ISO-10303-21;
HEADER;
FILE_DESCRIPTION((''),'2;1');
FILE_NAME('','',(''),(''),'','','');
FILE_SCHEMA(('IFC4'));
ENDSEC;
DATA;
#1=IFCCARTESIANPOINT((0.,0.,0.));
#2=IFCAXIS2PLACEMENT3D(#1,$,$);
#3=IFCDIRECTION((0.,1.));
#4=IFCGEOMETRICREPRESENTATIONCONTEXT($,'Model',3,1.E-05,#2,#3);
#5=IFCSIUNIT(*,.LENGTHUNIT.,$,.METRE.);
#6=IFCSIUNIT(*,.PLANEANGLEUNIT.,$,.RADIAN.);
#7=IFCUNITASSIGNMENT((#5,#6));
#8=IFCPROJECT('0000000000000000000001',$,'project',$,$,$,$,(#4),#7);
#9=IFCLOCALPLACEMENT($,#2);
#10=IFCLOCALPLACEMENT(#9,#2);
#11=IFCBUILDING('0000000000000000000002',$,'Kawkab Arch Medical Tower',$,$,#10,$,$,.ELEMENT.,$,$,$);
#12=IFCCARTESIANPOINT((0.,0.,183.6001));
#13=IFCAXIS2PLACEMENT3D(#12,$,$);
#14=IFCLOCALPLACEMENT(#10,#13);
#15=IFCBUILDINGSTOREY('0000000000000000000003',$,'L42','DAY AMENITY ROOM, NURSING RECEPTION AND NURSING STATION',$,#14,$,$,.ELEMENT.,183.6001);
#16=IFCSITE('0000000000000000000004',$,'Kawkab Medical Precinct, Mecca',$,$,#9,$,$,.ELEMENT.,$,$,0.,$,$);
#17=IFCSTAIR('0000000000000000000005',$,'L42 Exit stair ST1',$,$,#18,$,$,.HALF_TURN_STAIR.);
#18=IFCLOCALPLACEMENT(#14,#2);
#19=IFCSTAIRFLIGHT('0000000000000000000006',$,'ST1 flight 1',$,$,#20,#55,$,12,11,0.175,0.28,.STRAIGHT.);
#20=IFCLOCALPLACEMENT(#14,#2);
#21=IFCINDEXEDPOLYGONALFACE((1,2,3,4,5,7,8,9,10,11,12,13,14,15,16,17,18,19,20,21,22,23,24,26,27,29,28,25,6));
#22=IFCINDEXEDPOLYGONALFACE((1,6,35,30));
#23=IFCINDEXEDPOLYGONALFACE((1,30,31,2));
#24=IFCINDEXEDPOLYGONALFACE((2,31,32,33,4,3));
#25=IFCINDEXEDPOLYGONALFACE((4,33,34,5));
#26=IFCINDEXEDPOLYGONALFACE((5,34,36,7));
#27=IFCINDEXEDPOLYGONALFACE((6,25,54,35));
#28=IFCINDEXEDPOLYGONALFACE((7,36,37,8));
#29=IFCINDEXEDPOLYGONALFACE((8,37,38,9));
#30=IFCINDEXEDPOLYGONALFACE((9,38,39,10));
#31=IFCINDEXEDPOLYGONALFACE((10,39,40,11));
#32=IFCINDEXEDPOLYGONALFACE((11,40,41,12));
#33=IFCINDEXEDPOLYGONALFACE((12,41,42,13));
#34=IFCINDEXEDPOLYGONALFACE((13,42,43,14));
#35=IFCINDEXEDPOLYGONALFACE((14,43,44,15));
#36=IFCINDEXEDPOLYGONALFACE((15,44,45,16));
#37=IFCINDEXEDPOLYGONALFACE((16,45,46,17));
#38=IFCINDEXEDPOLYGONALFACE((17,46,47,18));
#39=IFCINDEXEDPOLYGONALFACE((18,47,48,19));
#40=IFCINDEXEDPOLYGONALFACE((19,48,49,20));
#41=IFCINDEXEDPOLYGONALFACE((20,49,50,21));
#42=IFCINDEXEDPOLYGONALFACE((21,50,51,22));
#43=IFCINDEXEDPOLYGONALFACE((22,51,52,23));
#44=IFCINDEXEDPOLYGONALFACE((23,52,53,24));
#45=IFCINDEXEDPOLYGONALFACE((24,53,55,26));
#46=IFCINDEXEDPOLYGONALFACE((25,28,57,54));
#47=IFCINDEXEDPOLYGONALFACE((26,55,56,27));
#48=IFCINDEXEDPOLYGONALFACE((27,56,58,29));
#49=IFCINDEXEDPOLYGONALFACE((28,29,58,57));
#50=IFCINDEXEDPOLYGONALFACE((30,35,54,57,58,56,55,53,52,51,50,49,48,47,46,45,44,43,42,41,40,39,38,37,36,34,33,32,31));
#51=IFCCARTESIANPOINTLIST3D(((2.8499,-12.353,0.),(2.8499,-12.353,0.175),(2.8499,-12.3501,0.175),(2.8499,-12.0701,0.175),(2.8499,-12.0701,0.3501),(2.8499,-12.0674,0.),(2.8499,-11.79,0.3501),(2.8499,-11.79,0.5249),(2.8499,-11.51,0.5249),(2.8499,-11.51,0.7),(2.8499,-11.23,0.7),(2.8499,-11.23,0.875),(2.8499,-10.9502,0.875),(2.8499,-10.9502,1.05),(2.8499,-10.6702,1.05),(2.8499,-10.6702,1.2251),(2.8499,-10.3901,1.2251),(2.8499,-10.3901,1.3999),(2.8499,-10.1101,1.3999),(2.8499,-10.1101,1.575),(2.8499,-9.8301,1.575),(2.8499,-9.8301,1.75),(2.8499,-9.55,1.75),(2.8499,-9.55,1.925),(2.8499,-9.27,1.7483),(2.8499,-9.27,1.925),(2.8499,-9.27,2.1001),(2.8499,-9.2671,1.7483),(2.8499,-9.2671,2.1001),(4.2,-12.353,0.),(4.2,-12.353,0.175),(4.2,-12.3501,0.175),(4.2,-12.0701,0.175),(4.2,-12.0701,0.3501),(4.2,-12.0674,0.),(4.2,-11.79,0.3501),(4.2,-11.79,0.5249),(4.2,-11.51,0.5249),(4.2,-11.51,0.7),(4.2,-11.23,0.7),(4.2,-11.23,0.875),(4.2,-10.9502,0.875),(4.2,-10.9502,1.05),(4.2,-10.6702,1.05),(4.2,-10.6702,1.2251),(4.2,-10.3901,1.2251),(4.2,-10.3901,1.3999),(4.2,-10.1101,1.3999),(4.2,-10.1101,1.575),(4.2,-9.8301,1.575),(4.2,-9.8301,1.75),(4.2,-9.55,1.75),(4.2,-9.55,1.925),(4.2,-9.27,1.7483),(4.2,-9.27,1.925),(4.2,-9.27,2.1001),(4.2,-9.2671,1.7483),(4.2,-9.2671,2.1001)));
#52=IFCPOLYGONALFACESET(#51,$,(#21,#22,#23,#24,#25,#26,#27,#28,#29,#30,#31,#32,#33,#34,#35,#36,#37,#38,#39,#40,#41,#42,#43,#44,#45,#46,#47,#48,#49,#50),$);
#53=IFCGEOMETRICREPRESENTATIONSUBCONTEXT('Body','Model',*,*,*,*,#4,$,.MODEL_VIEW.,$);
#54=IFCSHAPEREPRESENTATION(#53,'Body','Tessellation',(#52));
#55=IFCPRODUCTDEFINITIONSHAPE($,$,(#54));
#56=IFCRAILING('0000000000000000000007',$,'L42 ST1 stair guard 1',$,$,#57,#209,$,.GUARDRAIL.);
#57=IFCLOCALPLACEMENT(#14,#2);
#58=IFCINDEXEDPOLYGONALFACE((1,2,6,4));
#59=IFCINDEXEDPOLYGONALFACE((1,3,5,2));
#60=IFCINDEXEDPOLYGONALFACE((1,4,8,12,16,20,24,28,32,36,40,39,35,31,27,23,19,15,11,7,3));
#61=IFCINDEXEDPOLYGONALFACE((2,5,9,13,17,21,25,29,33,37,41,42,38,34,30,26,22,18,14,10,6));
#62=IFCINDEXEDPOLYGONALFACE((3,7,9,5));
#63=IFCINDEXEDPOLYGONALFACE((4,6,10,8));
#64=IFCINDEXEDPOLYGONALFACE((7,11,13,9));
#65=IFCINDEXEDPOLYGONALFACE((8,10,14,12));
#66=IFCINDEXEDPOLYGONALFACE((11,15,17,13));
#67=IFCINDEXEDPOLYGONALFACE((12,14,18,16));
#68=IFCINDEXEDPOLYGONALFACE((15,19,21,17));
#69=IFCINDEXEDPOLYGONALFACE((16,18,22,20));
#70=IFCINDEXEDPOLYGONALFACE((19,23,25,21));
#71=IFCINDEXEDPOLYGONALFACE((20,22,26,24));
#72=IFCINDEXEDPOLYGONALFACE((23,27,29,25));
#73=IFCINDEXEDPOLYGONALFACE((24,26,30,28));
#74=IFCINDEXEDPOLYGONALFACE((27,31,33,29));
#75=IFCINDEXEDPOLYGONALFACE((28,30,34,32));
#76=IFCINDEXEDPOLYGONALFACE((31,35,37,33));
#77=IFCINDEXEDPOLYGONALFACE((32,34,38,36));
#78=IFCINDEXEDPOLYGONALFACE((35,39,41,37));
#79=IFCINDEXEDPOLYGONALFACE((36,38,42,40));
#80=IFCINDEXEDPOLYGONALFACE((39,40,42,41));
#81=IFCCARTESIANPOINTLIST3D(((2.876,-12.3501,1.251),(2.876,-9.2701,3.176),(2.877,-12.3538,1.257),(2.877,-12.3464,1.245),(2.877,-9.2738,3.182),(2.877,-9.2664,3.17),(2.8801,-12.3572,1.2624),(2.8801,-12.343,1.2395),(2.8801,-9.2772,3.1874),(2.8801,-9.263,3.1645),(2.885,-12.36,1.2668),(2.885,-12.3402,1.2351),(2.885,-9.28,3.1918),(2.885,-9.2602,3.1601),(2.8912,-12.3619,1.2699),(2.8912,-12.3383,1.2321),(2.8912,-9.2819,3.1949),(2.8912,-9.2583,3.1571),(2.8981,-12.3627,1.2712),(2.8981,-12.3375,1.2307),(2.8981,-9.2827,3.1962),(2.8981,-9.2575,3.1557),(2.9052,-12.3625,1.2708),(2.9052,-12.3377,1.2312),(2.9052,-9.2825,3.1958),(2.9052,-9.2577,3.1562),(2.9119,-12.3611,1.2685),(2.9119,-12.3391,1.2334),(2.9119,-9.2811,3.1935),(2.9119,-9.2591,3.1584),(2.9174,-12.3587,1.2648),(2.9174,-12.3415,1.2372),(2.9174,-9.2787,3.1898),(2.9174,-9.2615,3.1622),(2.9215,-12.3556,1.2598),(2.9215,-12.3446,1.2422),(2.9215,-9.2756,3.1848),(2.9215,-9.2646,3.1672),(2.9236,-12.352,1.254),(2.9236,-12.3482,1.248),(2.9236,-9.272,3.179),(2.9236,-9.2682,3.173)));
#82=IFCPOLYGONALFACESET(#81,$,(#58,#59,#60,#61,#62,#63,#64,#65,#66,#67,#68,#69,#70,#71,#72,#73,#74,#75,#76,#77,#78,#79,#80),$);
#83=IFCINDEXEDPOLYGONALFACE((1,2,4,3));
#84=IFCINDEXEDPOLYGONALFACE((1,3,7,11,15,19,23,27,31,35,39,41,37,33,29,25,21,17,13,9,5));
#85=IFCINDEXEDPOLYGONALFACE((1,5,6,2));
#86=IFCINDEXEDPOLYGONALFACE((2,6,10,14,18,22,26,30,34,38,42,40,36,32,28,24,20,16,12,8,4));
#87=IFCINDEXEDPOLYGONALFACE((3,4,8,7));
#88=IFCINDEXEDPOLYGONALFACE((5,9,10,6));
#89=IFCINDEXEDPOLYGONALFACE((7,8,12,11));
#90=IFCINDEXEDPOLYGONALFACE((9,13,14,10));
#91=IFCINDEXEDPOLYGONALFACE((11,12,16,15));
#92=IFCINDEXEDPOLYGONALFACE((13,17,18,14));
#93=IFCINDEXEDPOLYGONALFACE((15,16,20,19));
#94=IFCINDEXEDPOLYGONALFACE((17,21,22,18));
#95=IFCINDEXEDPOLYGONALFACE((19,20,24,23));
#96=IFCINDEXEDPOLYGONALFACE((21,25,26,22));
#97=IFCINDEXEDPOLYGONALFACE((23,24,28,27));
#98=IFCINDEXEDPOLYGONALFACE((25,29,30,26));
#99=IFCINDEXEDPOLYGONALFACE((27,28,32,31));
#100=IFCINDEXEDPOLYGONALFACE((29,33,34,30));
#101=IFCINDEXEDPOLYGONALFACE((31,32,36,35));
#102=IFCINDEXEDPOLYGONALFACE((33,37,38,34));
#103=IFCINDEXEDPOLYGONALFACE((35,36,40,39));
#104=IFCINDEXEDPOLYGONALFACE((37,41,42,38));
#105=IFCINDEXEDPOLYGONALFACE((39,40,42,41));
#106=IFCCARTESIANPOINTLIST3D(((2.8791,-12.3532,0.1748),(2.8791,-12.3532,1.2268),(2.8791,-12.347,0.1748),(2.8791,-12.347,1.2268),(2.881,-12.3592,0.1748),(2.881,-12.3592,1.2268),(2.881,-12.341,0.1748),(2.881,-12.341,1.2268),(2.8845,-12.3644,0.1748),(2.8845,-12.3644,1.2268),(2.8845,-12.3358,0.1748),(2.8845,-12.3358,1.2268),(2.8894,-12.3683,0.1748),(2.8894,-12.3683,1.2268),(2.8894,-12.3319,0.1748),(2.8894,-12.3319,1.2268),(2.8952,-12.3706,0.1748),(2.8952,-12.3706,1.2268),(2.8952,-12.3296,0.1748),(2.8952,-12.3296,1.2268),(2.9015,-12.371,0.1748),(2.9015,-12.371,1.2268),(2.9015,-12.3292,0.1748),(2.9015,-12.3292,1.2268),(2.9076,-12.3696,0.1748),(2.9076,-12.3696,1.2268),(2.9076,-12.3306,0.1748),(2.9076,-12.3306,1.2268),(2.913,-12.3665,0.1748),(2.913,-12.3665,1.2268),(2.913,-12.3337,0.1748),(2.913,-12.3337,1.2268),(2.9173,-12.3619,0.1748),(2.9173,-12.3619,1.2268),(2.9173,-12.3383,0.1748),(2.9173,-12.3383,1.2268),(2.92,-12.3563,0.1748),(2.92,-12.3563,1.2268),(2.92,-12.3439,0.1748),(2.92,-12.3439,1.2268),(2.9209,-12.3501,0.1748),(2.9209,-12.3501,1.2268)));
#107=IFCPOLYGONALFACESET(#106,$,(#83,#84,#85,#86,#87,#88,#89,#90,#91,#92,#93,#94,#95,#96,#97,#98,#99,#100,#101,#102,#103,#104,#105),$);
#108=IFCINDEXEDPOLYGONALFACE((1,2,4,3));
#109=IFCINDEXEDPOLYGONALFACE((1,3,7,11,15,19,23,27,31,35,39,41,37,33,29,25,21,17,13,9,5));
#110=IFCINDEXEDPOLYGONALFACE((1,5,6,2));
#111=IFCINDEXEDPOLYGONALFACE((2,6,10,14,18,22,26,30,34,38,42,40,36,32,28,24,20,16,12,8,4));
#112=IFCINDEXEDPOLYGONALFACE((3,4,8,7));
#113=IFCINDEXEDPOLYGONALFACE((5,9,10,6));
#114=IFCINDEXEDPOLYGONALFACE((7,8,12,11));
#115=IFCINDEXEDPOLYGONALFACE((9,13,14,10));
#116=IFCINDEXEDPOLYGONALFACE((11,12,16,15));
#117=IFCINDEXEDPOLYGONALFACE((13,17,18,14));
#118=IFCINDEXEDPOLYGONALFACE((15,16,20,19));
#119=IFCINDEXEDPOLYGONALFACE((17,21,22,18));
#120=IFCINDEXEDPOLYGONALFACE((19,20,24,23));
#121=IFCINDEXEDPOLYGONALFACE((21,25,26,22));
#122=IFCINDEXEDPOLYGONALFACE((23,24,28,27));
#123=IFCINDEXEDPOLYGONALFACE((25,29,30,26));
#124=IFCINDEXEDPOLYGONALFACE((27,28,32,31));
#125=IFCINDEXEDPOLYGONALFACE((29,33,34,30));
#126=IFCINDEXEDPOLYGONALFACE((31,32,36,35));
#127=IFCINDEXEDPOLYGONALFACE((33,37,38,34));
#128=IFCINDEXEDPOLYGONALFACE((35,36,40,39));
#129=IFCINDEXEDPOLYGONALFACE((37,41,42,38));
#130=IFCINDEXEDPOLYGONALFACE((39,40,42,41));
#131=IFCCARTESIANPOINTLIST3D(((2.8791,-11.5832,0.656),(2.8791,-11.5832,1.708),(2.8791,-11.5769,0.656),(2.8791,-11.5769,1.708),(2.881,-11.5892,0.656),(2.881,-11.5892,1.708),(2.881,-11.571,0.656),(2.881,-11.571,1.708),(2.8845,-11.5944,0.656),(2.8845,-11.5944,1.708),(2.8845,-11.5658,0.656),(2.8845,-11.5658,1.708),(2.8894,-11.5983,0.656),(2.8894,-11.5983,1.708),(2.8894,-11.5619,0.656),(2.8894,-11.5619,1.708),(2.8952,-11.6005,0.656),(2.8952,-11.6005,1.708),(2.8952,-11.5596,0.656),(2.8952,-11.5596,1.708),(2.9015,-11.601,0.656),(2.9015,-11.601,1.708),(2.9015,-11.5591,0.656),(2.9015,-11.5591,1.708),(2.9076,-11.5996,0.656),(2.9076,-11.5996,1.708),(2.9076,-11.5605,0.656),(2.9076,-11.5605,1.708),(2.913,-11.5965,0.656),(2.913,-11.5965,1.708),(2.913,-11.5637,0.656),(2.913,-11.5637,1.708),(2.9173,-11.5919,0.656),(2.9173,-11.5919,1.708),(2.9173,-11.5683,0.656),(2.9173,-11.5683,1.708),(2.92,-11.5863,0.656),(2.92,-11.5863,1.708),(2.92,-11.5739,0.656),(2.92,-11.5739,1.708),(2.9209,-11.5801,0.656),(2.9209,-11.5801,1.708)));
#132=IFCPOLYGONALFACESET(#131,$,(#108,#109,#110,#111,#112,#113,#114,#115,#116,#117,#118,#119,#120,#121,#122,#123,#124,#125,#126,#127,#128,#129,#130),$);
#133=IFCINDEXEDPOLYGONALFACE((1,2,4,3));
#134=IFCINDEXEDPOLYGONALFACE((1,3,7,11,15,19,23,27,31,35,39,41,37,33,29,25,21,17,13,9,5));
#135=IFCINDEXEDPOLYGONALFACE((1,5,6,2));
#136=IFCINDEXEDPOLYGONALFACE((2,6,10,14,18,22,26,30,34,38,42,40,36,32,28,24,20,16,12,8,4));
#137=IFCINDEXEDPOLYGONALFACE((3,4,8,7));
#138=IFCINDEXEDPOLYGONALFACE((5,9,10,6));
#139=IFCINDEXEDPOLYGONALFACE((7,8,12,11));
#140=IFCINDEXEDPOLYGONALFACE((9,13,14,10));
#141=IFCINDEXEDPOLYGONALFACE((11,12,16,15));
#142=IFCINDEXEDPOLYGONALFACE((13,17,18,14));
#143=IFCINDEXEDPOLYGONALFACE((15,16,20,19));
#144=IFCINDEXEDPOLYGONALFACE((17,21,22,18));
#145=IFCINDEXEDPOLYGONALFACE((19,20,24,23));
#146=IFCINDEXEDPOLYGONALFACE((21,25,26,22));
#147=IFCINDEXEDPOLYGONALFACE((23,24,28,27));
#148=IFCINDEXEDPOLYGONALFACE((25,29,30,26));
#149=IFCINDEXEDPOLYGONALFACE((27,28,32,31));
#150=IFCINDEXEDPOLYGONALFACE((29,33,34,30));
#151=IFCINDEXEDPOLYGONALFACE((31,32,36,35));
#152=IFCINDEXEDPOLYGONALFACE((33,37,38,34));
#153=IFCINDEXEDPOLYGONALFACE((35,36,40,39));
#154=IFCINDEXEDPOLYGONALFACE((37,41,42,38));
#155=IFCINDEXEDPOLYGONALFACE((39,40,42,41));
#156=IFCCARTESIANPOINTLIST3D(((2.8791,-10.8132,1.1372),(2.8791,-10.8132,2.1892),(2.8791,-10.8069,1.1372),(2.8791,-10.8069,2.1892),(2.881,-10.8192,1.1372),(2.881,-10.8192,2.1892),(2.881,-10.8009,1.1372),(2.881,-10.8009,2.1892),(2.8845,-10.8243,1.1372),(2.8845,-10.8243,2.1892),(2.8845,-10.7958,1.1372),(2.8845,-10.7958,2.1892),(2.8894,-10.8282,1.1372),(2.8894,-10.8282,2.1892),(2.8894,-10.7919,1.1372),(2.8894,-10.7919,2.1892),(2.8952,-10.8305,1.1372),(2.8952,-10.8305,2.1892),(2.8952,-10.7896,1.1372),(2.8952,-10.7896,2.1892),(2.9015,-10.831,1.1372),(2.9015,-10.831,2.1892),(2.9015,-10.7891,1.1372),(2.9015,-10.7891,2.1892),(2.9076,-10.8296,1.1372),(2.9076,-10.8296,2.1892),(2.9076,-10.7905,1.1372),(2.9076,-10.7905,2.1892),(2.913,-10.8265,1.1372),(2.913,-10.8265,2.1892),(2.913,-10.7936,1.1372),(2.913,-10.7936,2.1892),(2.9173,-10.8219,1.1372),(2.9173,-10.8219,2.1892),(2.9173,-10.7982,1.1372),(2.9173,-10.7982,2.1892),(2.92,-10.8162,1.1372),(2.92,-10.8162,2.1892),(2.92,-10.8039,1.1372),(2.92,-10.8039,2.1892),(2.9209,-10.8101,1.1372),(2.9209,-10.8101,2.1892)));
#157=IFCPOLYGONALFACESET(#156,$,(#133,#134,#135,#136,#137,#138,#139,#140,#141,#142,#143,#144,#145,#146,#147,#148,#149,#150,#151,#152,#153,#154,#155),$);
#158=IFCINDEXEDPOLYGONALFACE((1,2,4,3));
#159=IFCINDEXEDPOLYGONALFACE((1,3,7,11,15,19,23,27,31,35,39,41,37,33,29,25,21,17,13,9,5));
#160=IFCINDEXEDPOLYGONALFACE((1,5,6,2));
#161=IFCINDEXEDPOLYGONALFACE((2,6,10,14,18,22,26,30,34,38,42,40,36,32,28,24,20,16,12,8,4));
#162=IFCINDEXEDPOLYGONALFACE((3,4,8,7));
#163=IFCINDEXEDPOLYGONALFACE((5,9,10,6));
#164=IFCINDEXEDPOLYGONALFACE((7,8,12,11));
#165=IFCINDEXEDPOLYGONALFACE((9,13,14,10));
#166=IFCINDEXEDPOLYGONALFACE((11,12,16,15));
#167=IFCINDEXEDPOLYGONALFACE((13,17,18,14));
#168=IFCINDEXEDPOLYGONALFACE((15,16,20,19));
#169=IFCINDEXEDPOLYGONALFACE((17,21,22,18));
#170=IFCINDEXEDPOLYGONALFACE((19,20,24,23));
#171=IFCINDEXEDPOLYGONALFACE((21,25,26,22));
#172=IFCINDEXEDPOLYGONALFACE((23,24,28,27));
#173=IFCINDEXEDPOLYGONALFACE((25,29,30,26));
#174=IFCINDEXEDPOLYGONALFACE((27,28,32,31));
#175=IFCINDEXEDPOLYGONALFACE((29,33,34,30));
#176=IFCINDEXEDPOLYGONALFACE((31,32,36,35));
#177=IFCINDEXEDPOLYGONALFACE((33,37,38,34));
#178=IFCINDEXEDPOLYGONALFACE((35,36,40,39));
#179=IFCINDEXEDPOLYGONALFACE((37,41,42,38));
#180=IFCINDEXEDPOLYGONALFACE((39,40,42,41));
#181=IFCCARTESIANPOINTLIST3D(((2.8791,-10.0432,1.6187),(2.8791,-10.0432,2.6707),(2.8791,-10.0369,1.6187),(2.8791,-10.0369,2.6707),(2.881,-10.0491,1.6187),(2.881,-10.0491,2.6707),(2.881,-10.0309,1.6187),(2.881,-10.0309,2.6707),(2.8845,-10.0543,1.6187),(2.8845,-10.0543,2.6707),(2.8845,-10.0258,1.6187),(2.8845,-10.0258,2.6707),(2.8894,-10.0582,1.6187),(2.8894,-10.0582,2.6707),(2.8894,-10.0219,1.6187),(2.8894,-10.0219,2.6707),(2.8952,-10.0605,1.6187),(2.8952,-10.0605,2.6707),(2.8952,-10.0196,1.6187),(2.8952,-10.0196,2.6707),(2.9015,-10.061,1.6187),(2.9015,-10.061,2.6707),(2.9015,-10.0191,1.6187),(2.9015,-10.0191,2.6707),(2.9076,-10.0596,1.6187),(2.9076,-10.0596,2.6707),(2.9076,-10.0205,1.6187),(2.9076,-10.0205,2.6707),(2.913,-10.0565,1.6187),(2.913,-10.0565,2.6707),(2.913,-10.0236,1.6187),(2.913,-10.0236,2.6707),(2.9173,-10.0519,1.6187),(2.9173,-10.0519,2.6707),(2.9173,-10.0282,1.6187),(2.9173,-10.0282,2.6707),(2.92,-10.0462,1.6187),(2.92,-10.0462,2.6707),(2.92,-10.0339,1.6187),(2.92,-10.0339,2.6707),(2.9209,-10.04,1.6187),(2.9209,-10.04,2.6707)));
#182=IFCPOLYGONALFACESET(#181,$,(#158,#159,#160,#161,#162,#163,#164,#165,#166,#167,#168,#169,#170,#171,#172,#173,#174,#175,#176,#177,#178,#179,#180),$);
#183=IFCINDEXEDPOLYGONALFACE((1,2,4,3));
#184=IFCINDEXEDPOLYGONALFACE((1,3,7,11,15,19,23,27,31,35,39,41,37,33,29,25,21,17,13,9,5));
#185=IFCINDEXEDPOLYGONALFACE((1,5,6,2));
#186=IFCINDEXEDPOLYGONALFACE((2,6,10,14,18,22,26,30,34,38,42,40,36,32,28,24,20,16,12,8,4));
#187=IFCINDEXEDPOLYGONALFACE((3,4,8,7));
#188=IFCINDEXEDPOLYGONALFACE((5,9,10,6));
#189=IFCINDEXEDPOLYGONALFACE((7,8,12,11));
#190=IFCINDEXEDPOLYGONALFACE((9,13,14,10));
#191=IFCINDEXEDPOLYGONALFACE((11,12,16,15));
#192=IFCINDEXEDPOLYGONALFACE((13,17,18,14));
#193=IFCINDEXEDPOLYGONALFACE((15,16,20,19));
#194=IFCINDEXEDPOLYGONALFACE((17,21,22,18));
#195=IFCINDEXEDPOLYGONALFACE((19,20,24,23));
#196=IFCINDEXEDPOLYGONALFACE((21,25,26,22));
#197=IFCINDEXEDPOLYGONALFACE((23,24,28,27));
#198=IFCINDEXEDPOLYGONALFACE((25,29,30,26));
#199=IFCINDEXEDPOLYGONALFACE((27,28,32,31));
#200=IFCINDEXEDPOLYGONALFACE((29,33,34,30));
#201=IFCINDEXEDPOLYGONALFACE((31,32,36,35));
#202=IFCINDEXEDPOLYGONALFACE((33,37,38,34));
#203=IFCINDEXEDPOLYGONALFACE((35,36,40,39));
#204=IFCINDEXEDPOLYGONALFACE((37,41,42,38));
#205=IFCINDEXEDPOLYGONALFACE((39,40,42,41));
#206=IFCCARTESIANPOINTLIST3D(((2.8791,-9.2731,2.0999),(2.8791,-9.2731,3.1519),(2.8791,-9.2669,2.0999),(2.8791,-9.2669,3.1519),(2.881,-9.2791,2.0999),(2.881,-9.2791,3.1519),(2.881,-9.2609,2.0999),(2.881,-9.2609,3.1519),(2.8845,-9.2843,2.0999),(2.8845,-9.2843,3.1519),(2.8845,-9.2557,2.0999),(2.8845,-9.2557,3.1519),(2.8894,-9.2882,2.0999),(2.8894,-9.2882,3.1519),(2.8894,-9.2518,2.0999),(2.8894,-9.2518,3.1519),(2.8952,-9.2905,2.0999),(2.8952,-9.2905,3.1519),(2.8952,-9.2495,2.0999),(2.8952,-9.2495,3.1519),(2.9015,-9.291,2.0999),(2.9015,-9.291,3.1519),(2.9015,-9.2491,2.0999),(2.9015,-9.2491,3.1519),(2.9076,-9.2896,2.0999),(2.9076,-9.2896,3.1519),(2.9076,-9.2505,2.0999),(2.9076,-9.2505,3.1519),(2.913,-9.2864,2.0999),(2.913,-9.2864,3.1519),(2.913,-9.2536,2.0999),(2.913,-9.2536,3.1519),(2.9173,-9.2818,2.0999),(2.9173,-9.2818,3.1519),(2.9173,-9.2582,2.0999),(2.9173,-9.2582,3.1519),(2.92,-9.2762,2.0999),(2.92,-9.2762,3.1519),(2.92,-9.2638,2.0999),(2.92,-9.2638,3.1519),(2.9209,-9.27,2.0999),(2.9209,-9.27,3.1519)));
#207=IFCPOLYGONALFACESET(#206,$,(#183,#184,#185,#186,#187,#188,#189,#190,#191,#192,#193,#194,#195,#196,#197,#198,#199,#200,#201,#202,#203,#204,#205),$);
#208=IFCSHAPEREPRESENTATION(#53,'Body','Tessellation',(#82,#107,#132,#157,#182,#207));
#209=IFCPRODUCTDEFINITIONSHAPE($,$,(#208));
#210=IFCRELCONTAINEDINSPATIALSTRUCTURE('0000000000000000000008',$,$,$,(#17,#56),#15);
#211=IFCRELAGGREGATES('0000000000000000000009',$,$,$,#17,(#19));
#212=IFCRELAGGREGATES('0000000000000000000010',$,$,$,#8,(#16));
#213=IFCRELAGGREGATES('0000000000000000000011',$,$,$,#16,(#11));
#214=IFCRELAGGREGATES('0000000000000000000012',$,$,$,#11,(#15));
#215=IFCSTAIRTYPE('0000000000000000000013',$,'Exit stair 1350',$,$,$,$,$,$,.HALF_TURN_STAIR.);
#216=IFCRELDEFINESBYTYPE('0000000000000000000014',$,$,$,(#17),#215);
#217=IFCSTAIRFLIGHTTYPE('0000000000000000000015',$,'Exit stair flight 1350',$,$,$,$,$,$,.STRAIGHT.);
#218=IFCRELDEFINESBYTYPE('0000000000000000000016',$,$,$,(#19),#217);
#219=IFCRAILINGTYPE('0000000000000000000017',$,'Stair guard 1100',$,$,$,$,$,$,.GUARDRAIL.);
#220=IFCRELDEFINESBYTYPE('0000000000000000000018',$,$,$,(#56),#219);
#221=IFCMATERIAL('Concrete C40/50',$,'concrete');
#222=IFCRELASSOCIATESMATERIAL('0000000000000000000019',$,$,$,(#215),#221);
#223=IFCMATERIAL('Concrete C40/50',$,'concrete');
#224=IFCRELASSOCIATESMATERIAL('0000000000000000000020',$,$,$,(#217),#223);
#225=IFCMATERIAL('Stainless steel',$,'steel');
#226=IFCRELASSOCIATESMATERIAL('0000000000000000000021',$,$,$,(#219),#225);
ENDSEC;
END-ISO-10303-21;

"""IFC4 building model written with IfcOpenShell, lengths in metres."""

from ifc_helpers import new_model, si_unit, direction, frame, origin, origin_2d, place, context, subcontext, project, spatial, polyline, circle, outline, extrude, material, type_object, element, aggregate, save


model = new_model("IFC4")

# Units and contexts
model_context = context("Model", 3, precision=1e-05, world=origin(), true_north=direction((0.0, 1.0)))
body_context = subcontext(model_context, "Body", "Model", "MODEL_VIEW")
ifc_project = project(units=[si_unit("LENGTHUNIT", "METRE"), si_unit("PLANEANGLEUNIT", "RADIAN")], contexts=[model_context])

# Site, building, storey
site_placement = place(None, origin())
site = spatial("IfcSite", under=ifc_project, at=site_placement, Name="Kawkab Medical Precinct, Mecca", CompositionType="ELEMENT", RefElevation=0.0)
building_placement = place(site_placement, origin())
building = spatial("IfcBuilding", under=site, at=building_placement, Name="Kawkab Arch Medical Tower", CompositionType="ELEMENT")
storey_placement = place(building_placement, frame((0.0, 0.0, 183.6001)))
storey = spatial("IfcBuildingStorey", under=building, at=storey_placement, Name="L42", Description="DAY AMENITY ROOM, NURSING RECEPTION AND NURSING STATION", CompositionType="ELEMENT", Elevation=183.6001)

# Stair, stair flight
ifc_material_1 = material(Name="Concrete C40/50", Category="concrete")
stair_type = type_object("IfcStairType", Name="Exit stair 1350", PredefinedType="HALF_TURN_STAIR", material=ifc_material_1)
stair_placement = place(storey_placement, origin())
stair = element("IfcStair", 1, at=stair_placement, inside=storey, type_object=stair_type, Name="L42 Exit stair ST1", PredefinedType="HALF_TURN_STAIR")
ifc_material_2 = material(Name="Concrete C40/50", Category="concrete")
stair_flight_type = type_object("IfcStairFlightType", Name="Exit stair flight 1350", PredefinedType="STRAIGHT", material=ifc_material_2)
stair_flight_placement = place(storey_placement, frame((3.5249, -12.3501, 0.0), z_axis=(0.0, 0.0, 1.0), x_axis=(0.0, 1.0, 0.0)))
stair_flight = element("IfcStairFlight", 2, at=stair_flight_placement, type_object=stair_flight_type, Name="ST1 flight 1", NumberOfRisers=12, NumberOfTreads=11, PredefinedType="STRAIGHT", RiserHeight=0.175, TreadLength=0.28, context=body_context, shape_type="SweptSolid", body=[
    extrude(outline(polyline([(-0.0029, 0.0), (-0.0029, 0.175), (0.0, 0.175), (0.28, 0.175), (0.28, 0.3501), (0.5601, 0.3501), (0.5601, 0.5249), (0.8401, 0.5249), (0.8401, 0.7), (1.1201, 0.7), (1.1201, 0.875), (1.3999, 0.875), (1.3999, 1.05), (1.6799, 1.05), (1.6799, 1.2251), (1.96, 1.2251), (1.96, 1.3999), (2.24, 1.3999), (2.24, 1.575), (2.52, 1.575), (2.52, 1.75), (2.8, 1.75), (2.8, 1.925), (3.0801, 1.925), (3.0801, 2.1001), (3.083, 2.1001), (3.083, 1.7483), (3.0801, 1.7483), (0.2827, 0.0), (-0.0029, 0.0)])), frame((0.0, 0.675, 0.0), z_axis=(0.0, -1.0, 0.0), x_axis=(1.0, 0.0, 0.0)), (0.0, 0.0, 1.0), 1.3501),
])
aggregate(stair, [stair_flight])

# Railing
ifc_material_3 = material(Name="Stainless steel", Category="steel")
railing_type = type_object("IfcRailingType", Name="Stair guard 1100", PredefinedType="GUARDRAIL", material=ifc_material_3)
railing_placement = place(storey_placement, frame((2.8999, -12.3501, 0.1748)))
element("IfcRailing", 3, at=railing_placement, inside=storey, type_object=railing_type, Name="L42 ST1 stair guard 1", PredefinedType="GUARDRAIL", context=body_context, shape_type="SweptSolid", body=[
    extrude(circle(Radius=0.0239, at=origin_2d()), frame((0.0, 0.0, 1.0762), z_axis=(0.0, 0.847998, 0.529999), x_axis=(-1.0, 0.0, 0.0)), (0.0, 0.0, 1.0), 3.6321),
    extrude(circle(Radius=0.021, at=origin_2d()), origin(), (0.0, 0.0, 1.0), 1.052),
    extrude(circle(Radius=0.021, at=origin_2d()), frame((0.0, 0.77, 0.4812)), (0.0, 0.0, 1.0), 1.052),
    extrude(circle(Radius=0.021, at=origin_2d()), frame((0.0, 1.54, 0.9624)), (0.0, 0.0, 1.0), 1.052),
    extrude(circle(Radius=0.021, at=origin_2d()), frame((0.0, 2.3101, 1.4438)), (0.0, 0.0, 1.0), 1.052),
    extrude(circle(Radius=0.021, at=origin_2d()), frame((0.0, 3.0801, 1.925)), (0.0, 0.0, 1.0), 1.052),
])

save(model, "model.ifc")
